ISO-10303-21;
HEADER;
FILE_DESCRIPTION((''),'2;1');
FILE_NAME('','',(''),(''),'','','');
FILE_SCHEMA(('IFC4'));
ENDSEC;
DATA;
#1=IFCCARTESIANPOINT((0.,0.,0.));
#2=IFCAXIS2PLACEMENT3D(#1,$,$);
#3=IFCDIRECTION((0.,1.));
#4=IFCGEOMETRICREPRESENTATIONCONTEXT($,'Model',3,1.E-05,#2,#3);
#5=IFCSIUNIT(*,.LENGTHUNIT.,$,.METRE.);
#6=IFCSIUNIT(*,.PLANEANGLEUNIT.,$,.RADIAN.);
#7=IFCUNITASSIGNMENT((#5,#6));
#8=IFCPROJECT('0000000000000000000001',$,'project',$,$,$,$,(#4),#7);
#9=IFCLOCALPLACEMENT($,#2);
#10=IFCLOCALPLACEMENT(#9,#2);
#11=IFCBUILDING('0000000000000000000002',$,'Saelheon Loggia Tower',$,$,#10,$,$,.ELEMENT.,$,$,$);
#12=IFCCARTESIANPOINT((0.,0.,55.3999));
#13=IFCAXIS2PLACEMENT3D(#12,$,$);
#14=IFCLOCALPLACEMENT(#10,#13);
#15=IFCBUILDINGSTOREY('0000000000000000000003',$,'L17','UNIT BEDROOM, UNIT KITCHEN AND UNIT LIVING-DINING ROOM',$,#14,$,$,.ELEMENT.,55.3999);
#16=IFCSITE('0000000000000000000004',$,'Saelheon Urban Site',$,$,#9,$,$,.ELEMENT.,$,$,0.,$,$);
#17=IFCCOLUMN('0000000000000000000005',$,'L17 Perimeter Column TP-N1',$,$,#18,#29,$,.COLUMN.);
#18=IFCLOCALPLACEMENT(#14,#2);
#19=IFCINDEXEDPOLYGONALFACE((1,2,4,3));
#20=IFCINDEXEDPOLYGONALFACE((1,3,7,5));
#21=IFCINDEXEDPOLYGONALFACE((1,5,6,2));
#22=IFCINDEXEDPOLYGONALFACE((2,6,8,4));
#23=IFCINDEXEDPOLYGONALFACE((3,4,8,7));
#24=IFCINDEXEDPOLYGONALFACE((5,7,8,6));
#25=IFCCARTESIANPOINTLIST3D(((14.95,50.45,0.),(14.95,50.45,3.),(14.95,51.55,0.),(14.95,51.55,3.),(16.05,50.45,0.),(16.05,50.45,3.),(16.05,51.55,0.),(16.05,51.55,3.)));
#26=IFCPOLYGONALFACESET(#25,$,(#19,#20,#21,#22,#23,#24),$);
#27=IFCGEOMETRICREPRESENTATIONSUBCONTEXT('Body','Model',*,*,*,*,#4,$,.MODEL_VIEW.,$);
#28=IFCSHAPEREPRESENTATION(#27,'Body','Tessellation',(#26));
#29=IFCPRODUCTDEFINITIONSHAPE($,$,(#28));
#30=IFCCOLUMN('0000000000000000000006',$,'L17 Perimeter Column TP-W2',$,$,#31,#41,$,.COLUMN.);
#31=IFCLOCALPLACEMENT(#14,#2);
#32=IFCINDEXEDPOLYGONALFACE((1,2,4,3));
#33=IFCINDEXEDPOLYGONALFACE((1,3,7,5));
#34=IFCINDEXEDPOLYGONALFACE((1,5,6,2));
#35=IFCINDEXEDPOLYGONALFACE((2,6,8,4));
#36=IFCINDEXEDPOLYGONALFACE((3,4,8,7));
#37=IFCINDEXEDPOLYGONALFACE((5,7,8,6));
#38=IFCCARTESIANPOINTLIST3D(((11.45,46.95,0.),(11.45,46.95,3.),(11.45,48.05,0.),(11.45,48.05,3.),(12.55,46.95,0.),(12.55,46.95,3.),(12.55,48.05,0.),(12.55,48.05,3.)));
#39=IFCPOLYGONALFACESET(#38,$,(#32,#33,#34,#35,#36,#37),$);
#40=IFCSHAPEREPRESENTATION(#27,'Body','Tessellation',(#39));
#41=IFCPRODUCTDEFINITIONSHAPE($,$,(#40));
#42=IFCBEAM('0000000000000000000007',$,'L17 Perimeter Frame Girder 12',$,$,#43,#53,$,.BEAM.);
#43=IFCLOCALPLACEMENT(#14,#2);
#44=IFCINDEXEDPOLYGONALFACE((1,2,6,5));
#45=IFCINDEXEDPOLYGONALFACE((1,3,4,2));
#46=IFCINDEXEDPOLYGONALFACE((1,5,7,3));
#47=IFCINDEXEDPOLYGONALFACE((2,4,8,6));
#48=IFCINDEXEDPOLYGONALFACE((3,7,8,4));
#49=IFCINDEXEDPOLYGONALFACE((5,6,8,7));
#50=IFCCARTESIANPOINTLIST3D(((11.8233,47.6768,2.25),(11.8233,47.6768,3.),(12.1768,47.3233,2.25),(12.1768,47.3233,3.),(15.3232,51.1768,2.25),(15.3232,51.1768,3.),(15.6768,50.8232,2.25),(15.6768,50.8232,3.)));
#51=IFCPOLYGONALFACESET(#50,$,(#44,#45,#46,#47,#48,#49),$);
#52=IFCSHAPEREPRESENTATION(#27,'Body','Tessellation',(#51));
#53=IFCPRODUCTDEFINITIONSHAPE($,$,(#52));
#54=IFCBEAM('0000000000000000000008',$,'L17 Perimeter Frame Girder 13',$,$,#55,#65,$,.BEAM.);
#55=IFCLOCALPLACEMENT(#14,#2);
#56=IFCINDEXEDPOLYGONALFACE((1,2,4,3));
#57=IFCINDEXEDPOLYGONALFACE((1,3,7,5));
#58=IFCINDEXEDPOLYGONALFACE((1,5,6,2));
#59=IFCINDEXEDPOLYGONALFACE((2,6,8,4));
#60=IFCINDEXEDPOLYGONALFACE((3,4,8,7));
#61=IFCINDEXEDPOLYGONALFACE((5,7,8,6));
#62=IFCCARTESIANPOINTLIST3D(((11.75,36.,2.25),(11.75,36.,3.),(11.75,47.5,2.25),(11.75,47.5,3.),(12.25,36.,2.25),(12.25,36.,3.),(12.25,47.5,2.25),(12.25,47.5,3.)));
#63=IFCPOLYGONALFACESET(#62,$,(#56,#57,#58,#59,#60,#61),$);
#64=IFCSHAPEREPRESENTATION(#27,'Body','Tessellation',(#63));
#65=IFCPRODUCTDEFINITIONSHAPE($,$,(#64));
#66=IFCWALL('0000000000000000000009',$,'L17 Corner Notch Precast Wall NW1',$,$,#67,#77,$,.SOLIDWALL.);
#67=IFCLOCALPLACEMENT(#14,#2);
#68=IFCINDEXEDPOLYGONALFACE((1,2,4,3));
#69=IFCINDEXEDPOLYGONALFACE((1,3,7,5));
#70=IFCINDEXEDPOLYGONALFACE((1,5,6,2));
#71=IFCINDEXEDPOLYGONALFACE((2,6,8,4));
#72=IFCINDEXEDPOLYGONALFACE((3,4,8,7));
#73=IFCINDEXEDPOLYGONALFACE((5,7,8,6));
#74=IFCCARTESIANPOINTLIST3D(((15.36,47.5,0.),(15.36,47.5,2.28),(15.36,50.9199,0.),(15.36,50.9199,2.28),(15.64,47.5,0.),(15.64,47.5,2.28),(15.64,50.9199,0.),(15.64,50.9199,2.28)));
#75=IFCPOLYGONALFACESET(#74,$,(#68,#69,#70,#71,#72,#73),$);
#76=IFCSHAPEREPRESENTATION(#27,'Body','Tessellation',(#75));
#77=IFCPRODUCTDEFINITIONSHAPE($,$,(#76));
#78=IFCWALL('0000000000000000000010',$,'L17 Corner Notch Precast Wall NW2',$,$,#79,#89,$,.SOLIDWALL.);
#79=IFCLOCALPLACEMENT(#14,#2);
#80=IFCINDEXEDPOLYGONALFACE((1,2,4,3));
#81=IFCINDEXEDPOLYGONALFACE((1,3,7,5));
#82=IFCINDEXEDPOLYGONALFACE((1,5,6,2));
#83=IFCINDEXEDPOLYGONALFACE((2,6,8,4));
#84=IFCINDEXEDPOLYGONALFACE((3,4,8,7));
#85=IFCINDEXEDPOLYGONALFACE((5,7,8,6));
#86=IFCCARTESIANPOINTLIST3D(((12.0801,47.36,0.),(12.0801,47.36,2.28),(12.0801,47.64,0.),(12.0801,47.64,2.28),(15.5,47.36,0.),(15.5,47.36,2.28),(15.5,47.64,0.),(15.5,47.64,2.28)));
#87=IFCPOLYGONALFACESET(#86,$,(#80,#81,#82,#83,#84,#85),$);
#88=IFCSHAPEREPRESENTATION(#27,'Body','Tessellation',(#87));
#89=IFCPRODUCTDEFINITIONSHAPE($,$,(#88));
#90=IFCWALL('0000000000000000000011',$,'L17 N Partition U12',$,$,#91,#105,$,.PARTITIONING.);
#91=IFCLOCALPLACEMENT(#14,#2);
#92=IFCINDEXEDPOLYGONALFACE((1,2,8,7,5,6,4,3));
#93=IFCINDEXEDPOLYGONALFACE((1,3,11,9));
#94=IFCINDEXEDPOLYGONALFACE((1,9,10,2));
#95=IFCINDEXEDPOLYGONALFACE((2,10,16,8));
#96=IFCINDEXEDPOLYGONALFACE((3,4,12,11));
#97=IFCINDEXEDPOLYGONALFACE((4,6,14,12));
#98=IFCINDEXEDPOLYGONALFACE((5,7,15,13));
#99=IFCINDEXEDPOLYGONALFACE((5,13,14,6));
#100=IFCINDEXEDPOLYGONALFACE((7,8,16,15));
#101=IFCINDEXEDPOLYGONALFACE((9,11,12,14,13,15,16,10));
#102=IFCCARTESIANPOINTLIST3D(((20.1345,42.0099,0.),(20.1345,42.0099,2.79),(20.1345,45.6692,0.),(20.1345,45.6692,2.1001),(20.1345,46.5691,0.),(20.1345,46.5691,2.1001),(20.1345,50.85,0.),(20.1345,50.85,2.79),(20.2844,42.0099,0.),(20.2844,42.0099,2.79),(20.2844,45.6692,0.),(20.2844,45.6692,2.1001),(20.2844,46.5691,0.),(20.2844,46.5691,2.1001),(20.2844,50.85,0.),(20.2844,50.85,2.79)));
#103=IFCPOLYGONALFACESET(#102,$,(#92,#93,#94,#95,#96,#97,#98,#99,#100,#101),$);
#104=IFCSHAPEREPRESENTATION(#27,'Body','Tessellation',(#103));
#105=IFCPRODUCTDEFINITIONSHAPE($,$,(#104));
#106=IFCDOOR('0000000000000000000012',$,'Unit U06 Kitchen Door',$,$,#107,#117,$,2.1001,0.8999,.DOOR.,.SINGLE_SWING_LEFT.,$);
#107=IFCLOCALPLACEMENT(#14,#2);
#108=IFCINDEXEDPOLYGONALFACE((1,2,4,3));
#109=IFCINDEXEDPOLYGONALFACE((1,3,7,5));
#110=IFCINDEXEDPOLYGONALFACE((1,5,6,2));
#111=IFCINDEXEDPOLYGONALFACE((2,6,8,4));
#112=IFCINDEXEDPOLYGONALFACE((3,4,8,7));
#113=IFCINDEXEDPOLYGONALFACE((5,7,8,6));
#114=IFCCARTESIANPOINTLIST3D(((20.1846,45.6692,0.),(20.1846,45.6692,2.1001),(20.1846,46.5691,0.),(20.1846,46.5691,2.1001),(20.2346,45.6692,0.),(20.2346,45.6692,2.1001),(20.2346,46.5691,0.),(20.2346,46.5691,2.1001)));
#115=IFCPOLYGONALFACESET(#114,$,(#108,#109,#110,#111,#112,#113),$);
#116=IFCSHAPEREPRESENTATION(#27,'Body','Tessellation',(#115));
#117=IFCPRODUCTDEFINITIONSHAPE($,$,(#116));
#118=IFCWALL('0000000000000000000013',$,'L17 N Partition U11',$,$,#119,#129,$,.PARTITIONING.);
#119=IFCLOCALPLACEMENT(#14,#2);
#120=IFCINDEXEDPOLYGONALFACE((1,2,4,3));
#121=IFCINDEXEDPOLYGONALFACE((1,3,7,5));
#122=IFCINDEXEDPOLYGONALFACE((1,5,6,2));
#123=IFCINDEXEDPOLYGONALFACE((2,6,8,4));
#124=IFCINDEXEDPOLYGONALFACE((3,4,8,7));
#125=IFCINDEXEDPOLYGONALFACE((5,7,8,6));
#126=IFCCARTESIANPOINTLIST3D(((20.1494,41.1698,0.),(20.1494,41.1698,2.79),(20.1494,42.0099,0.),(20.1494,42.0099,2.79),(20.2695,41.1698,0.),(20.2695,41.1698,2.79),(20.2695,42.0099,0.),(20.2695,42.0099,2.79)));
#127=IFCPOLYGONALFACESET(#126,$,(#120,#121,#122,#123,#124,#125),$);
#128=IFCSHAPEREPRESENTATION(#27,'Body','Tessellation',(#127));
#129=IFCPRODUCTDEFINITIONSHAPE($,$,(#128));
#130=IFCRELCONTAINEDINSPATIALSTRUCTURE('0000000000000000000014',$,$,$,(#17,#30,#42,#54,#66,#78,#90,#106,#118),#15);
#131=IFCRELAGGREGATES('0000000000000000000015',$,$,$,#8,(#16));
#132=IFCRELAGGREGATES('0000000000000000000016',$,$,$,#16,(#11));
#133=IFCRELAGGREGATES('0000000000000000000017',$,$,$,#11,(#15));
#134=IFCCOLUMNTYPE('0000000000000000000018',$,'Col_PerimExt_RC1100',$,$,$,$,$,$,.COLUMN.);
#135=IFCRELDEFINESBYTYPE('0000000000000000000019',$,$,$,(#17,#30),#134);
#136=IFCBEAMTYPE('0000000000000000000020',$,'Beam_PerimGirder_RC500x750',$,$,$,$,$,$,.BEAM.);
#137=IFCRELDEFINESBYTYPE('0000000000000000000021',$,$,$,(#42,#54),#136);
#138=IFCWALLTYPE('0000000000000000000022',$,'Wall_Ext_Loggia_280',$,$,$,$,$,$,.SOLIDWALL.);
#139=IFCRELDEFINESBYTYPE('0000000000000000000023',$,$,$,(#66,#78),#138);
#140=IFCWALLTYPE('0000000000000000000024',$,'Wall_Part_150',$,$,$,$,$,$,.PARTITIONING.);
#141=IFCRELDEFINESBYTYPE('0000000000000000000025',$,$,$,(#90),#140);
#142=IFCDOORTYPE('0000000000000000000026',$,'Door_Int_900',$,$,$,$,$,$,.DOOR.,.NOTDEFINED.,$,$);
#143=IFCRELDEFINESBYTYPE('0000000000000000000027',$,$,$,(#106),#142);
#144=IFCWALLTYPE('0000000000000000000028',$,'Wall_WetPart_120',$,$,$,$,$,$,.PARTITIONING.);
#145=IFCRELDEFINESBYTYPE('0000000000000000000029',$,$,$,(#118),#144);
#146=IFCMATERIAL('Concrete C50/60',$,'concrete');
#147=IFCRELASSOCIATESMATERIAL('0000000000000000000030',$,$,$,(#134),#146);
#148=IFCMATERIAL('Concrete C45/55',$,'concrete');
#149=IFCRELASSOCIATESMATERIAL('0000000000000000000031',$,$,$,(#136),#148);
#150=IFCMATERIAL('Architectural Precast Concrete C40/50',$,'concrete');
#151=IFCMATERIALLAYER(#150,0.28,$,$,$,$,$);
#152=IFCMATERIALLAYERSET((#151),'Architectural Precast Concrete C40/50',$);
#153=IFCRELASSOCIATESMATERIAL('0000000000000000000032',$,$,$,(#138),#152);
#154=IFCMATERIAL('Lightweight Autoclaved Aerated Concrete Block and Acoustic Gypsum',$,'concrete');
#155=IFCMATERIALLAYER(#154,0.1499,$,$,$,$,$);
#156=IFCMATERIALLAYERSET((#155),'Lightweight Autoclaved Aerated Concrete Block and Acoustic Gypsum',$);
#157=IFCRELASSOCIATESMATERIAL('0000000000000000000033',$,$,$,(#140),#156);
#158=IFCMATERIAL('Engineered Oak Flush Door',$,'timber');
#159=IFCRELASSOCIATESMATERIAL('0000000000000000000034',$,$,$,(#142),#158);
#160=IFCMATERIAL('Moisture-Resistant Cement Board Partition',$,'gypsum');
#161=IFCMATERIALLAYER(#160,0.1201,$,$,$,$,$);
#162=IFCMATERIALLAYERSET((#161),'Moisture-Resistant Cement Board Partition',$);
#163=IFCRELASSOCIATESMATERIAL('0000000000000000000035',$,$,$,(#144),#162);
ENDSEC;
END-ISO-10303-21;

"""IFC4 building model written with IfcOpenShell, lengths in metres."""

from ifc_helpers import new_model, si_unit, direction, frame, frame_2d, origin, origin_2d, place, context, subcontext, project, spatial, rectangle, extrude, source, transform, mapped, material, layer, layer_set, material_profile, profile_set, type_object, element, fill, save


model = new_model("IFC4")

# Units and contexts
model_context = context("Model", 3, precision=1e-05, world=origin(), true_north=direction((0.0, 1.0)))
body_context = subcontext(model_context, "Body", "Model", "MODEL_VIEW")
ifc_project = project(units=[si_unit("LENGTHUNIT", "METRE"), si_unit("PLANEANGLEUNIT", "RADIAN")], contexts=[model_context])

# Site, building, storey
site_placement = place(None, origin())
site = spatial("IfcSite", under=ifc_project, at=site_placement, Name="Saelheon Urban Site", CompositionType="ELEMENT", RefElevation=0.0)
building_placement = place(site_placement, origin())
building = spatial("IfcBuilding", under=site, at=building_placement, Name="Saelheon Loggia Tower", CompositionType="ELEMENT")
storey_placement = place(building_placement, frame((0.0, 0.0, 55.3999)))
storey = spatial("IfcBuildingStorey", under=building, at=storey_placement, Name="L17", Description="UNIT BEDROOM, UNIT KITCHEN AND UNIT LIVING-DINING ROOM", CompositionType="ELEMENT", Elevation=55.3999)

# Columns
ifc_material_1 = material(Name="Concrete C50/60", Category="concrete")
ifc_material_profile_1 = material_profile(ifc_material_1, rectangle(XDim=1.1001, YDim=1.1001, at=origin_2d()), Name="RC-1100x1100")
ifc_profile_set_1 = profile_set([ifc_material_profile_1], Name="Concrete C50/60")
column_type = type_object("IfcColumnType", Name="Col_PerimExt_RC1100", PredefinedType="COLUMN", material=ifc_profile_set_1)
shared_shape_1 = source(origin(), body_context, "Body", "SweptSolid", [
    extrude(rectangle(XDim=1.1001, YDim=1.1001, at=origin_2d()), origin(), (0.0, 0.0, 1.0), 3.0),
])
for number, where, z_axis, x_axis, name in (
    (1, (15.5, 51.0, 0.0), (0.0, 0.0, 1.0), (1.0, 0.0, 0.0), "L17 Perimeter Column TP-N1"),
    (2, (12.0, 47.5, 0.0), (0.0, 0.0, 1.0), (1.0, 0.0, 0.0), "L17 Perimeter Column TP-W2"),
):
    element("IfcColumn", number, at=place(storey_placement, frame(where, z_axis=z_axis, x_axis=x_axis)), inside=storey, type_object=column_type, Name=name, PredefinedType="COLUMN", context=body_context, shape_type="MappedRepresentation", body=[
        mapped(shared_shape_1, transform((0.0, 0.0, 0.0), scale=1.0)),
    ])

# Beams
ifc_material_2 = material(Name="Concrete C45/55", Category="concrete")
ifc_material_profile_2 = material_profile(ifc_material_2, rectangle(XDim=0.5, YDim=0.75, at=origin_2d()), Name="RC-500x750")
ifc_profile_set_2 = profile_set([ifc_material_profile_2], Name="Concrete C45/55")
beam_type = type_object("IfcBeamType", Name="Beam_PerimGirder_RC500x750", PredefinedType="BEAM", material=ifc_profile_set_2)
shared_shape_2 = source(origin(), body_context, "Body", "SweptSolid", [
    extrude(rectangle(XDim=0.5, YDim=0.75, at=origin_2d()), origin(), (0.0, 0.0, 1.0), 4.9497),
])
beam_1_placement = place(storey_placement, frame((15.5, 51.0, 2.625), z_axis=(-0.707107, -0.707107, 0.0), x_axis=(0.707107, -0.707107, 0.0)))
element("IfcBeam", 3, at=beam_1_placement, inside=storey, type_object=beam_type, Name="L17 Perimeter Frame Girder 12", PredefinedType="BEAM", context=body_context, shape_type="MappedRepresentation", body=[
    mapped(shared_shape_2, transform((0.0, 0.0, 0.0), scale=1.0)),
])
shared_shape_3 = source(origin(), body_context, "Body", "SweptSolid", [
    extrude(rectangle(XDim=0.5, YDim=0.75, at=origin_2d()), origin(), (0.0, 0.0, 1.0), 11.5),
])
beam_2_placement = place(storey_placement, frame((12.0, 47.5, 2.625), z_axis=(0.0, -1.0, 0.0), x_axis=(1.0, 0.0, 0.0)))
element("IfcBeam", 4, at=beam_2_placement, inside=storey, type_object=beam_type, Name="L17 Perimeter Frame Girder 13", PredefinedType="BEAM", context=body_context, shape_type="MappedRepresentation", body=[
    mapped(shared_shape_3, transform((0.0, 0.0, 0.0), scale=1.0)),
])

# Shared definitions
ifc_material_3 = material(Name="Architectural Precast Concrete C40/50", Category="concrete")
ifc_layer_1 = layer(ifc_material_3, 0.28)
ifc_layer_set_1 = layer_set([ifc_layer_1], Name="Architectural Precast Concrete C40/50")
wall_type_1 = type_object("IfcWallType", Name="Wall_Ext_Loggia_280", PredefinedType="SOLIDWALL", material=ifc_layer_set_1)

# Walls
for number, where, z_axis, x_axis, name in (
    (5, (15.5, 47.5, 0.0), (0.0, 0.0, 1.0), (0.0, 1.0, 0.0), "L17 Corner Notch Precast Wall NW1"),
    (6, (12.0801, 47.5, 0.0), (0.0, 0.0, 1.0), (1.0, 0.0, 0.0), "L17 Corner Notch Precast Wall NW2"),
):
    element("IfcWall", number, at=place(storey_placement, frame(where, z_axis=z_axis, x_axis=x_axis)), inside=storey, type_object=wall_type_1, Name=name, PredefinedType="SOLIDWALL", context=body_context, shape_type="SweptSolid", body=[
        extrude(rectangle(XDim=3.4199, YDim=0.28, at=frame_2d((1.71, 0.0))), origin(), (0.0, 0.0, 1.0), 2.28),
    ])

# Wall, opening, door
ifc_material_4 = material(Name="Lightweight Autoclaved Aerated Concrete Block and Acoustic Gypsum", Category="concrete")
ifc_layer_2 = layer(ifc_material_4, 0.1499)
ifc_layer_set_2 = layer_set([ifc_layer_2], Name="Lightweight Autoclaved Aerated Concrete Block and Acoustic Gypsum")
wall_type_2 = type_object("IfcWallType", Name="Wall_Part_150", PredefinedType="PARTITIONING", material=ifc_layer_set_2)
wall_1_placement = place(storey_placement, frame((20.2095, 42.01, 0.0), z_axis=(0.0, 0.0, 1.0), x_axis=(0.0, 1.0, 0.0)))
wall_1 = element("IfcWall", 7, at=wall_1_placement, inside=storey, type_object=wall_type_2, Name="L17 N Partition U12", PredefinedType="PARTITIONING", context=body_context, shape_type="SweptSolid", body=[
    extrude(rectangle(XDim=8.8401, YDim=0.1499, at=frame_2d((4.4199, 0.0))), origin(), (0.0, 0.0, 1.0), 2.79),
])
opening_1_placement = place(wall_1_placement, frame((3.6592, 0.0, 0.0)))
opening_1 = element("IfcOpeningElement", 8, at=opening_1_placement, cuts=wall_1, PredefinedType="OPENING", context=body_context, shape_type="SweptSolid", body=[
    extrude(rectangle(XDim=0.8999, YDim=2.1001, at=frame_2d((0.45, 1.05))), frame((0.0, 0.0869, 0.0), z_axis=(0.0, -1.0, 0.0), x_axis=(1.0, 0.0, 0.0)), (0.0, 0.0, 1.0), 0.1738),
])
ifc_material_5 = material(Name="Engineered Oak Flush Door", Category="timber")
door_type_1 = type_object("IfcDoorType", Name="Door_Int_900", OperationType="NOTDEFINED", PredefinedType="DOOR", material=ifc_material_5)
shared_shape_4 = source(origin(), body_context, "Body", "SweptSolid", [
    extrude(rectangle(XDim=0.8999, YDim=2.1001, at=frame_2d((0.45, 1.05))), frame((0.0, 0.0249, 0.0), z_axis=(0.0, -1.0, 0.0), x_axis=(1.0, 0.0, 0.0)), (0.0, 0.0, 1.0), 0.05),
])
door_1_placement = place(opening_1_placement, origin())
door_1 = element("IfcDoor", 9, at=door_1_placement, inside=storey, type_object=door_type_1, Name="Unit U06 Kitchen Door", OperationType="SINGLE_SWING_LEFT", OverallHeight=2.1001, OverallWidth=0.8999, PredefinedType="DOOR", context=body_context, shape_type="MappedRepresentation", body=[
    mapped(shared_shape_4, transform((0.0, 0.0, 0.0), scale=1.0)),
])
fill(opening_1, door_1)

# Wall
ifc_material_6 = material(Name="Moisture-Resistant Cement Board Partition", Category="gypsum")
ifc_layer_3 = layer(ifc_material_6, 0.1201)
ifc_layer_set_3 = layer_set([ifc_layer_3], Name="Moisture-Resistant Cement Board Partition")
wall_type_3 = type_object("IfcWallType", Name="Wall_WetPart_120", PredefinedType="PARTITIONING", material=ifc_layer_set_3)
wall_2_placement = place(storey_placement, frame((20.2095, 41.1699, 0.0), z_axis=(0.0, 0.0, 1.0), x_axis=(0.0, 1.0, 0.0)))
element("IfcWall", 10, at=wall_2_placement, inside=storey, type_object=wall_type_3, Name="L17 N Partition U11", PredefinedType="PARTITIONING", context=body_context, shape_type="SweptSolid", body=[
    extrude(rectangle(XDim=0.8401, YDim=0.1201, at=frame_2d((0.4199, 0.0))), origin(), (0.0, 0.0, 1.0), 2.79),
])

save(model, "model.ifc")
